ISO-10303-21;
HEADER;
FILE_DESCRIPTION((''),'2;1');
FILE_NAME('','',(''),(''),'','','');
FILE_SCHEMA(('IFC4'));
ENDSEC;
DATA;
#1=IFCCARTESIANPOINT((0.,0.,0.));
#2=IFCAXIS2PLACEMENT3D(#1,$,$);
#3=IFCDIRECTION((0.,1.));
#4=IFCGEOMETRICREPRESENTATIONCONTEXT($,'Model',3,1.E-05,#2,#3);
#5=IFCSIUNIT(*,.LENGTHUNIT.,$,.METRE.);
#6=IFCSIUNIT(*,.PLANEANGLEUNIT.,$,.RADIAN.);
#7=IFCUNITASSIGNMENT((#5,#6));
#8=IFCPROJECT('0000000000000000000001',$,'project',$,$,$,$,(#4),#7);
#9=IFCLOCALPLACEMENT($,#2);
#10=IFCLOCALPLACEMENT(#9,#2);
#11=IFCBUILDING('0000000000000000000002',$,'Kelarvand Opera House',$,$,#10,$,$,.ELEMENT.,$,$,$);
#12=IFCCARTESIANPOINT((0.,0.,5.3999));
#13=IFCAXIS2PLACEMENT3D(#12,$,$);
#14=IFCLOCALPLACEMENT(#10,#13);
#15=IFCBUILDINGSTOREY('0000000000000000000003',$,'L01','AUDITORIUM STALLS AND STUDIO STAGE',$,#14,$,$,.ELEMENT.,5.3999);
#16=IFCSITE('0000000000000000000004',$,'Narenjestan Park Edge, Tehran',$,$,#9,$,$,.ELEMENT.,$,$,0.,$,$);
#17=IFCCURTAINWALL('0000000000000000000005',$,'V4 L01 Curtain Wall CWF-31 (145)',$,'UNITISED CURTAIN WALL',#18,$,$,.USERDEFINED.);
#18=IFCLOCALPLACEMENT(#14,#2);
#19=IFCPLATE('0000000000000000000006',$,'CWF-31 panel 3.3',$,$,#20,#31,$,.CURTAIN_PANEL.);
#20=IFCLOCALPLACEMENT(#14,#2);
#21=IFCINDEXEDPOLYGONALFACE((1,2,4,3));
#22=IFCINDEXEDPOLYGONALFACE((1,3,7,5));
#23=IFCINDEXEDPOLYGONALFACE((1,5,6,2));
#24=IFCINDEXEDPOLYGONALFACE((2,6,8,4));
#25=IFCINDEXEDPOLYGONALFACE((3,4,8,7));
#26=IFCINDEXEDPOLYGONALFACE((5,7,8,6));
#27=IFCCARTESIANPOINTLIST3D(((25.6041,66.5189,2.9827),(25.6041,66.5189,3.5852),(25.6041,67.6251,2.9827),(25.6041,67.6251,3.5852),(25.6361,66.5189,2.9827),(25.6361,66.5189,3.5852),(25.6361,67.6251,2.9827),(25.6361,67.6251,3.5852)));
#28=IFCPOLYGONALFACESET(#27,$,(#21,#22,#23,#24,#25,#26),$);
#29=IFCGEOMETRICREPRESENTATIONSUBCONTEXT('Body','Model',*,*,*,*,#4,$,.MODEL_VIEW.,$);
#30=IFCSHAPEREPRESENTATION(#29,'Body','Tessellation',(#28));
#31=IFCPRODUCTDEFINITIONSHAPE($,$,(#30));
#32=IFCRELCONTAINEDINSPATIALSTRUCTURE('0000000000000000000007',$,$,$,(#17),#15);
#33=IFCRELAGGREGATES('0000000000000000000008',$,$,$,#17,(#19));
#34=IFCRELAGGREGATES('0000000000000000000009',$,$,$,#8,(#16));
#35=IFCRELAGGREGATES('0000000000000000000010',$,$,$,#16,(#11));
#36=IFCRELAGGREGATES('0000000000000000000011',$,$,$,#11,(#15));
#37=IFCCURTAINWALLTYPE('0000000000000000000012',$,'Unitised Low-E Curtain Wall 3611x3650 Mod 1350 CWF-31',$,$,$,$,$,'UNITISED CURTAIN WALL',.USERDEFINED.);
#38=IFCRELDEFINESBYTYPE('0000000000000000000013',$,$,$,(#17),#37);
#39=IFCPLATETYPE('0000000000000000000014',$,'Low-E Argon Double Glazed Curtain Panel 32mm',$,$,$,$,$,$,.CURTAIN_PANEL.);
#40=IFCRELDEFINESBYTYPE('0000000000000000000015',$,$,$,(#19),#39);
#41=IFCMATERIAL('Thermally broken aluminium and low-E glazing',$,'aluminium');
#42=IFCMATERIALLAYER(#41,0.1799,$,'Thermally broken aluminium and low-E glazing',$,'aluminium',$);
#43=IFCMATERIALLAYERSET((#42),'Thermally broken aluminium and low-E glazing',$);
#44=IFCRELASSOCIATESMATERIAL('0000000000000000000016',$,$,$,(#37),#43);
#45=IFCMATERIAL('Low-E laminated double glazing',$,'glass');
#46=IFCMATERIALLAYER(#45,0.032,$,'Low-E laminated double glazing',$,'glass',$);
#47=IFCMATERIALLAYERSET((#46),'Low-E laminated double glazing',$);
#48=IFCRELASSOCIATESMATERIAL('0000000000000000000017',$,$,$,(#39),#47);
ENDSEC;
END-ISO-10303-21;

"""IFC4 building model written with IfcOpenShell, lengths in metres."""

from ifc_helpers import new_model, si_unit, direction, frame, origin, origin_2d, place, context, subcontext, project, spatial, rectangle, extrude, material, layer, layer_set, type_object, element, aggregate, save


model = new_model("IFC4")

# Units and contexts
model_context = context("Model", 3, precision=1e-05, world=origin(), true_north=direction((0.0, 1.0)))
body_context = subcontext(model_context, "Body", "Model", "MODEL_VIEW")
ifc_project = project(units=[si_unit("LENGTHUNIT", "METRE"), si_unit("PLANEANGLEUNIT", "RADIAN")], contexts=[model_context])

# Site, building, storey
site_placement = place(None, origin())
site = spatial("IfcSite", under=ifc_project, at=site_placement, Name="Narenjestan Park Edge, Tehran", CompositionType="ELEMENT", RefElevation=0.0)
building_placement = place(site_placement, origin())
building = spatial("IfcBuilding", under=site, at=building_placement, Name="Kelarvand Opera House", CompositionType="ELEMENT")
storey_placement = place(building_placement, frame((0.0, 0.0, 5.3999)))
storey = spatial("IfcBuildingStorey", under=building, at=storey_placement, Name="L01", Description="AUDITORIUM STALLS AND STUDIO STAGE", CompositionType="ELEMENT", Elevation=5.3999)

# Curtain wall
ifc_material_1 = material(Name="Thermally broken aluminium and low-E glazing", Category="aluminium")
ifc_layer_1 = layer(ifc_material_1, 0.1799, Name="Thermally broken aluminium and low-E glazing", Category="aluminium")
ifc_layer_set_1 = layer_set([ifc_layer_1], Name="Thermally broken aluminium and low-E glazing")
curtain_wall_type = type_object("IfcCurtainWallType", Name="Unitised Low-E Curtain Wall 3611x3650 Mod 1350 CWF-31", ElementType="UNITISED CURTAIN WALL", PredefinedType="USERDEFINED", material=ifc_layer_set_1)
curtain_wall_1_placement = place(storey_placement, origin())
curtain_wall_1 = element("IfcCurtainWall", 1, at=curtain_wall_1_placement, inside=storey, type_object=curtain_wall_type, Name="V4 L01 Curtain Wall CWF-31 (145)", ObjectType="UNITISED CURTAIN WALL", PredefinedType="USERDEFINED")

# Plate
ifc_material_2 = material(Name="Low-E laminated double glazing", Category="glass")
ifc_layer_2 = layer(ifc_material_2, 0.032, Name="Low-E laminated double glazing", Category="glass")
ifc_layer_set_2 = layer_set([ifc_layer_2], Name="Low-E laminated double glazing")
plate_type = type_object("IfcPlateType", Name="Low-E Argon Double Glazed Curtain Panel 32mm", PredefinedType="CURTAIN_PANEL", material=ifc_layer_set_2)
plate_1_placement = place(storey_placement, frame((25.6201, 67.072, 2.9827), z_axis=(0.0, 0.0, 1.0), x_axis=(0.0, -1.0, 0.0)))
plate_1 = element("IfcPlate", 2, at=plate_1_placement, type_object=plate_type, Name="CWF-31 panel 3.3", PredefinedType="CURTAIN_PANEL", context=body_context, shape_type="SweptSolid", body=[
    extrude(rectangle(XDim=1.1062, YDim=0.032, at=origin_2d()), origin(), (0.0, 0.0, 1.0), 0.6025),
])
aggregate(curtain_wall_1, [plate_1])

save(model, "model.ifc")
